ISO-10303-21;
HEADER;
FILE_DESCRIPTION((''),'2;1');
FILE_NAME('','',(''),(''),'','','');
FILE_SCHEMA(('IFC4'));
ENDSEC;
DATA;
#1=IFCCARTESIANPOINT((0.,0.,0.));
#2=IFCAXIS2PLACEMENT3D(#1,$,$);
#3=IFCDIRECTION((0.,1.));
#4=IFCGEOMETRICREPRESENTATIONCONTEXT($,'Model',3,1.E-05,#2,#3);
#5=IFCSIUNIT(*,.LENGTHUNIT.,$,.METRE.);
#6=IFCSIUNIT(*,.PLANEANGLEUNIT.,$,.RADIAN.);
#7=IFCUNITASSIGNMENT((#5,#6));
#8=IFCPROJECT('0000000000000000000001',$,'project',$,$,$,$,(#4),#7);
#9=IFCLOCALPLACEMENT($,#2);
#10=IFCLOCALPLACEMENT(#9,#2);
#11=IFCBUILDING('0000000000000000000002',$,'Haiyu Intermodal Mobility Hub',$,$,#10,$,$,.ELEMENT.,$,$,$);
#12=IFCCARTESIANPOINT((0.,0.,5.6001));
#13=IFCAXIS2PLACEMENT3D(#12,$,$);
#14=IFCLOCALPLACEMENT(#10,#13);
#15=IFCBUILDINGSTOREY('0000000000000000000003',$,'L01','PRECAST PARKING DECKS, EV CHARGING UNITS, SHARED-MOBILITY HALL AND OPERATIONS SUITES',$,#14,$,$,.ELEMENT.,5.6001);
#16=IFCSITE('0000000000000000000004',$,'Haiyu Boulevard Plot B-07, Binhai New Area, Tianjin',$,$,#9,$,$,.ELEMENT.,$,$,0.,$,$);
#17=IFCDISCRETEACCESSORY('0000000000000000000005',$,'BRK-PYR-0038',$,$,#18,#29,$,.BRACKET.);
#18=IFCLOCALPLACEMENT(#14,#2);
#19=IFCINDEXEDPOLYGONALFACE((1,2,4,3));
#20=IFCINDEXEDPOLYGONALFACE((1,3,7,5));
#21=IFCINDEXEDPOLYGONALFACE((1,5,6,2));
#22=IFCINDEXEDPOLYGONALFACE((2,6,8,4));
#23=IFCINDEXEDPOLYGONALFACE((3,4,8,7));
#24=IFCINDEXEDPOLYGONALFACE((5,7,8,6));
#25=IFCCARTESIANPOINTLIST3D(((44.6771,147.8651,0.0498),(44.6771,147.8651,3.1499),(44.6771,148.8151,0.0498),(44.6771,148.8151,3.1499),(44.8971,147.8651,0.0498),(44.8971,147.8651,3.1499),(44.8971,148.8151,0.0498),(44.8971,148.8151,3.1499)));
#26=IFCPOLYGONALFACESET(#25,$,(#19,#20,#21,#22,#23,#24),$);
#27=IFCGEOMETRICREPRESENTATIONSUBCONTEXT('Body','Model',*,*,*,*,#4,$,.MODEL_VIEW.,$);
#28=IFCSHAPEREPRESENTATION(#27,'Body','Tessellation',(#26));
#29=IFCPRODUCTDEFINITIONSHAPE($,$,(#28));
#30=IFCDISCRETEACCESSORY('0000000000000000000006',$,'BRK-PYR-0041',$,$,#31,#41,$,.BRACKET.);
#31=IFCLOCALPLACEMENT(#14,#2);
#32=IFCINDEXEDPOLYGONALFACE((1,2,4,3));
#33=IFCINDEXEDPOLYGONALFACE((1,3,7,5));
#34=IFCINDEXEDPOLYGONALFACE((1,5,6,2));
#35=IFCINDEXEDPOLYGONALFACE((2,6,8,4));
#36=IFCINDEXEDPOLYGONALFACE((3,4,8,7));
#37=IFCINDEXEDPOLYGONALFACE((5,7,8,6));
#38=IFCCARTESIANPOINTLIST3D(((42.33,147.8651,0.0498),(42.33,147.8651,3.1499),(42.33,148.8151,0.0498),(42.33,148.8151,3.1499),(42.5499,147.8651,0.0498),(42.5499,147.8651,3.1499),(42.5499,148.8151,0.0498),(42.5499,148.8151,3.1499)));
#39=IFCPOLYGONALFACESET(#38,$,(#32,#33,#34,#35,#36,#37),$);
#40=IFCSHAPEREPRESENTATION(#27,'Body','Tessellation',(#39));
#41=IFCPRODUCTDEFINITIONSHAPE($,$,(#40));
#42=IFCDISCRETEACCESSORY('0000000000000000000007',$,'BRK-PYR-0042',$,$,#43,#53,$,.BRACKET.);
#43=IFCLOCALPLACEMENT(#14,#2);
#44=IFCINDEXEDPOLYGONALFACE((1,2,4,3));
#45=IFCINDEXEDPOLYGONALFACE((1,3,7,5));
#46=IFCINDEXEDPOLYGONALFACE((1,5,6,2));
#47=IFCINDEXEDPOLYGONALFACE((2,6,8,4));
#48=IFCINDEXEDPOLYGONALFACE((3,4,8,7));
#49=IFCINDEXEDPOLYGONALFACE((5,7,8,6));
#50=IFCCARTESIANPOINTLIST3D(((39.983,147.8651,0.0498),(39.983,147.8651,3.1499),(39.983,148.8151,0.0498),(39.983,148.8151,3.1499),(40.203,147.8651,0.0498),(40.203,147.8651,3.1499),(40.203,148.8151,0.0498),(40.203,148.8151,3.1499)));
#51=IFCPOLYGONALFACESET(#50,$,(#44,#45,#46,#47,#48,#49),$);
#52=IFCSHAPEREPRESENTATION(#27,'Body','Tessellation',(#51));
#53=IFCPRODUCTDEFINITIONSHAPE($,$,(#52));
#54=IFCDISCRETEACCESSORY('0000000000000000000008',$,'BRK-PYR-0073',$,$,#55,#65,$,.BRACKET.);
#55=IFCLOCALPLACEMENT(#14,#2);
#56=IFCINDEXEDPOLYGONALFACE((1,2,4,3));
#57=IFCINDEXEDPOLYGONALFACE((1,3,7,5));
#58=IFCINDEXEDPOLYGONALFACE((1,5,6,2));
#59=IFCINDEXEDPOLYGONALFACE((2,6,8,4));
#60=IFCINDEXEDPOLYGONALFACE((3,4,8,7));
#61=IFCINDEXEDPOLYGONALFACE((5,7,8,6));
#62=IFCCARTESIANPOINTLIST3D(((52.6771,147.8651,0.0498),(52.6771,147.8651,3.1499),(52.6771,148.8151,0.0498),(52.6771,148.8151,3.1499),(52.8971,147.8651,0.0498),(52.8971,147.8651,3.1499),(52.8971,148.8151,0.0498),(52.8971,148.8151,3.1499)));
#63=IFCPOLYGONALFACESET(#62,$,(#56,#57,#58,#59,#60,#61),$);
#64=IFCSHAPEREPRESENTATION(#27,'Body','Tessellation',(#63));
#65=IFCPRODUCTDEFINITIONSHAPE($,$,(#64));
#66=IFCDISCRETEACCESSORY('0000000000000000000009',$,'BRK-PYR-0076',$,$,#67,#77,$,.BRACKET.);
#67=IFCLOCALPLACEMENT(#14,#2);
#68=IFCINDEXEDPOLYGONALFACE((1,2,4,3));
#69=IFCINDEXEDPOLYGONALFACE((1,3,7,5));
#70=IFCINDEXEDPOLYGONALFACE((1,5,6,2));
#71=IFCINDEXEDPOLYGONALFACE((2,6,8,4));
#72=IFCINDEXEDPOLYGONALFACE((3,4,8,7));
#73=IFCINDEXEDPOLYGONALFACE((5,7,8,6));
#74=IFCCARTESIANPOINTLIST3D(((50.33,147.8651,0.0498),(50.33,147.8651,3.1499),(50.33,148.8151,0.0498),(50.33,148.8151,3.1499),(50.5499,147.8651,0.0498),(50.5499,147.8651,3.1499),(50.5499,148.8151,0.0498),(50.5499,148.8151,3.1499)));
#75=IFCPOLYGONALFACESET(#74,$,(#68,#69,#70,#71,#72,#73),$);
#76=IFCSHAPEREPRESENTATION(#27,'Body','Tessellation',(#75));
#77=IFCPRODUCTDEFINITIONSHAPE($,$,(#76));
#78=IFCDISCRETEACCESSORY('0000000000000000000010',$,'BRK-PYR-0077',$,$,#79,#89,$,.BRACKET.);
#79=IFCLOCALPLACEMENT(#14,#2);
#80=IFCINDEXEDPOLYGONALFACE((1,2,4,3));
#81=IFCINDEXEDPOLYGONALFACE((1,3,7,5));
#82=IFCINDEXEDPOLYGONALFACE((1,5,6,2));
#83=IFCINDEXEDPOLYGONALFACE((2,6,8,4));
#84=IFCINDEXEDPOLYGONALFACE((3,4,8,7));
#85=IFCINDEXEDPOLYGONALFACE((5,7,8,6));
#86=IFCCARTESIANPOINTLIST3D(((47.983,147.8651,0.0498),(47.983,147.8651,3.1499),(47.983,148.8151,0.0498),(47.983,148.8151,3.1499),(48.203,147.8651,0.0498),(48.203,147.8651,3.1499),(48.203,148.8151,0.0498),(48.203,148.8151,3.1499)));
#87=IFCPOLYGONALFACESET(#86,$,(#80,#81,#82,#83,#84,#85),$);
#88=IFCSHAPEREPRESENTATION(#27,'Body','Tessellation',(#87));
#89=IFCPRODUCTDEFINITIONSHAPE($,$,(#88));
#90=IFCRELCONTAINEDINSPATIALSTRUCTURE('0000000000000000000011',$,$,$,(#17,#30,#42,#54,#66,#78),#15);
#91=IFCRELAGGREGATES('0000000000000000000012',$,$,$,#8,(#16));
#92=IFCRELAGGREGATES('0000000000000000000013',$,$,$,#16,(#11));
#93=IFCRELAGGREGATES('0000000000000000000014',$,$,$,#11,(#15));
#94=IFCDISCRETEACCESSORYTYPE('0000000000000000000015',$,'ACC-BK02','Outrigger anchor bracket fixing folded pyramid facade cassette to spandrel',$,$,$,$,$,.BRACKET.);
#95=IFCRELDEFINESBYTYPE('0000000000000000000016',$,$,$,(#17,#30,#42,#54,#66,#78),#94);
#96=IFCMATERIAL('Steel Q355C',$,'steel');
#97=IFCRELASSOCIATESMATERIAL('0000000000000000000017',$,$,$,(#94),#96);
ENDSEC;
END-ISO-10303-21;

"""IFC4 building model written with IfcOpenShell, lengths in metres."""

from ifc_helpers import new_model, si_unit, direction, frame, origin, origin_2d, place, context, subcontext, project, spatial, rectangle, extrude, material, type_object, element, save


model = new_model("IFC4")

# Units and contexts
model_context = context("Model", 3, precision=1e-05, world=origin(), true_north=direction((0.0, 1.0)))
body_context = subcontext(model_context, "Body", "Model", "MODEL_VIEW")
ifc_project = project(units=[si_unit("LENGTHUNIT", "METRE"), si_unit("PLANEANGLEUNIT", "RADIAN")], contexts=[model_context])

# Site, building, storey
site_placement = place(None, origin())
site = spatial("IfcSite", under=ifc_project, at=site_placement, Name="Haiyu Boulevard Plot B-07, Binhai New Area, Tianjin", CompositionType="ELEMENT", RefElevation=0.0)
building_placement = place(site_placement, origin())
building = spatial("IfcBuilding", under=site, at=building_placement, Name="Haiyu Intermodal Mobility Hub", CompositionType="ELEMENT")
storey_placement = place(building_placement, frame((0.0, 0.0, 5.6001)))
storey = spatial("IfcBuildingStorey", under=building, at=storey_placement, Name="L01", Description="PRECAST PARKING DECKS, EV CHARGING UNITS, SHARED-MOBILITY HALL AND OPERATIONS SUITES", CompositionType="ELEMENT", Elevation=5.6001)

# Shared definitions
ifc_material_1 = material(Name="Steel Q355C", Category="steel")

# Discrete accessories
discrete_accessory_type_1 = type_object("IfcDiscreteAccessoryType", Name="ACC-BK02", Description="Outrigger anchor bracket fixing folded pyramid facade cassette to spandrel", PredefinedType="BRACKET", material=ifc_material_1)
for number, where, z_axis, x_axis, name in (
    (1, (44.7871, 148.3401, 0.0498), (0.0, 0.0, 1.0), (1.0, 0.0, 0.0), "BRK-PYR-0038"),
    (2, (42.4399, 148.3401, 0.0498), (0.0, 0.0, 1.0), (1.0, 0.0, 0.0), "BRK-PYR-0041"),
    (3, (40.093, 148.3401, 0.0498), (0.0, 0.0, 1.0), (1.0, 0.0, 0.0), "BRK-PYR-0042"),
    (4, (52.7871, 148.3401, 0.0498), (0.0, 0.0, 1.0), (1.0, 0.0, 0.0), "BRK-PYR-0073"),
    (5, (50.4399, 148.3401, 0.0498), (0.0, 0.0, 1.0), (1.0, 0.0, 0.0), "BRK-PYR-0076"),
    (6, (48.093, 148.3401, 0.0498), (0.0, 0.0, 1.0), (1.0, 0.0, 0.0), "BRK-PYR-0077"),
):
    element("IfcDiscreteAccessory", number, at=place(storey_placement, frame(where, z_axis=z_axis, x_axis=x_axis)), inside=storey, type_object=discrete_accessory_type_1, Name=name, PredefinedType="BRACKET", context=body_context, shape_type="SweptSolid", body=[
        extrude(rectangle(XDim=0.22, YDim=0.95, at=origin_2d()), origin(), (0.0, 0.0, 1.0), 3.1001),
    ])

save(model, "model.ifc")
